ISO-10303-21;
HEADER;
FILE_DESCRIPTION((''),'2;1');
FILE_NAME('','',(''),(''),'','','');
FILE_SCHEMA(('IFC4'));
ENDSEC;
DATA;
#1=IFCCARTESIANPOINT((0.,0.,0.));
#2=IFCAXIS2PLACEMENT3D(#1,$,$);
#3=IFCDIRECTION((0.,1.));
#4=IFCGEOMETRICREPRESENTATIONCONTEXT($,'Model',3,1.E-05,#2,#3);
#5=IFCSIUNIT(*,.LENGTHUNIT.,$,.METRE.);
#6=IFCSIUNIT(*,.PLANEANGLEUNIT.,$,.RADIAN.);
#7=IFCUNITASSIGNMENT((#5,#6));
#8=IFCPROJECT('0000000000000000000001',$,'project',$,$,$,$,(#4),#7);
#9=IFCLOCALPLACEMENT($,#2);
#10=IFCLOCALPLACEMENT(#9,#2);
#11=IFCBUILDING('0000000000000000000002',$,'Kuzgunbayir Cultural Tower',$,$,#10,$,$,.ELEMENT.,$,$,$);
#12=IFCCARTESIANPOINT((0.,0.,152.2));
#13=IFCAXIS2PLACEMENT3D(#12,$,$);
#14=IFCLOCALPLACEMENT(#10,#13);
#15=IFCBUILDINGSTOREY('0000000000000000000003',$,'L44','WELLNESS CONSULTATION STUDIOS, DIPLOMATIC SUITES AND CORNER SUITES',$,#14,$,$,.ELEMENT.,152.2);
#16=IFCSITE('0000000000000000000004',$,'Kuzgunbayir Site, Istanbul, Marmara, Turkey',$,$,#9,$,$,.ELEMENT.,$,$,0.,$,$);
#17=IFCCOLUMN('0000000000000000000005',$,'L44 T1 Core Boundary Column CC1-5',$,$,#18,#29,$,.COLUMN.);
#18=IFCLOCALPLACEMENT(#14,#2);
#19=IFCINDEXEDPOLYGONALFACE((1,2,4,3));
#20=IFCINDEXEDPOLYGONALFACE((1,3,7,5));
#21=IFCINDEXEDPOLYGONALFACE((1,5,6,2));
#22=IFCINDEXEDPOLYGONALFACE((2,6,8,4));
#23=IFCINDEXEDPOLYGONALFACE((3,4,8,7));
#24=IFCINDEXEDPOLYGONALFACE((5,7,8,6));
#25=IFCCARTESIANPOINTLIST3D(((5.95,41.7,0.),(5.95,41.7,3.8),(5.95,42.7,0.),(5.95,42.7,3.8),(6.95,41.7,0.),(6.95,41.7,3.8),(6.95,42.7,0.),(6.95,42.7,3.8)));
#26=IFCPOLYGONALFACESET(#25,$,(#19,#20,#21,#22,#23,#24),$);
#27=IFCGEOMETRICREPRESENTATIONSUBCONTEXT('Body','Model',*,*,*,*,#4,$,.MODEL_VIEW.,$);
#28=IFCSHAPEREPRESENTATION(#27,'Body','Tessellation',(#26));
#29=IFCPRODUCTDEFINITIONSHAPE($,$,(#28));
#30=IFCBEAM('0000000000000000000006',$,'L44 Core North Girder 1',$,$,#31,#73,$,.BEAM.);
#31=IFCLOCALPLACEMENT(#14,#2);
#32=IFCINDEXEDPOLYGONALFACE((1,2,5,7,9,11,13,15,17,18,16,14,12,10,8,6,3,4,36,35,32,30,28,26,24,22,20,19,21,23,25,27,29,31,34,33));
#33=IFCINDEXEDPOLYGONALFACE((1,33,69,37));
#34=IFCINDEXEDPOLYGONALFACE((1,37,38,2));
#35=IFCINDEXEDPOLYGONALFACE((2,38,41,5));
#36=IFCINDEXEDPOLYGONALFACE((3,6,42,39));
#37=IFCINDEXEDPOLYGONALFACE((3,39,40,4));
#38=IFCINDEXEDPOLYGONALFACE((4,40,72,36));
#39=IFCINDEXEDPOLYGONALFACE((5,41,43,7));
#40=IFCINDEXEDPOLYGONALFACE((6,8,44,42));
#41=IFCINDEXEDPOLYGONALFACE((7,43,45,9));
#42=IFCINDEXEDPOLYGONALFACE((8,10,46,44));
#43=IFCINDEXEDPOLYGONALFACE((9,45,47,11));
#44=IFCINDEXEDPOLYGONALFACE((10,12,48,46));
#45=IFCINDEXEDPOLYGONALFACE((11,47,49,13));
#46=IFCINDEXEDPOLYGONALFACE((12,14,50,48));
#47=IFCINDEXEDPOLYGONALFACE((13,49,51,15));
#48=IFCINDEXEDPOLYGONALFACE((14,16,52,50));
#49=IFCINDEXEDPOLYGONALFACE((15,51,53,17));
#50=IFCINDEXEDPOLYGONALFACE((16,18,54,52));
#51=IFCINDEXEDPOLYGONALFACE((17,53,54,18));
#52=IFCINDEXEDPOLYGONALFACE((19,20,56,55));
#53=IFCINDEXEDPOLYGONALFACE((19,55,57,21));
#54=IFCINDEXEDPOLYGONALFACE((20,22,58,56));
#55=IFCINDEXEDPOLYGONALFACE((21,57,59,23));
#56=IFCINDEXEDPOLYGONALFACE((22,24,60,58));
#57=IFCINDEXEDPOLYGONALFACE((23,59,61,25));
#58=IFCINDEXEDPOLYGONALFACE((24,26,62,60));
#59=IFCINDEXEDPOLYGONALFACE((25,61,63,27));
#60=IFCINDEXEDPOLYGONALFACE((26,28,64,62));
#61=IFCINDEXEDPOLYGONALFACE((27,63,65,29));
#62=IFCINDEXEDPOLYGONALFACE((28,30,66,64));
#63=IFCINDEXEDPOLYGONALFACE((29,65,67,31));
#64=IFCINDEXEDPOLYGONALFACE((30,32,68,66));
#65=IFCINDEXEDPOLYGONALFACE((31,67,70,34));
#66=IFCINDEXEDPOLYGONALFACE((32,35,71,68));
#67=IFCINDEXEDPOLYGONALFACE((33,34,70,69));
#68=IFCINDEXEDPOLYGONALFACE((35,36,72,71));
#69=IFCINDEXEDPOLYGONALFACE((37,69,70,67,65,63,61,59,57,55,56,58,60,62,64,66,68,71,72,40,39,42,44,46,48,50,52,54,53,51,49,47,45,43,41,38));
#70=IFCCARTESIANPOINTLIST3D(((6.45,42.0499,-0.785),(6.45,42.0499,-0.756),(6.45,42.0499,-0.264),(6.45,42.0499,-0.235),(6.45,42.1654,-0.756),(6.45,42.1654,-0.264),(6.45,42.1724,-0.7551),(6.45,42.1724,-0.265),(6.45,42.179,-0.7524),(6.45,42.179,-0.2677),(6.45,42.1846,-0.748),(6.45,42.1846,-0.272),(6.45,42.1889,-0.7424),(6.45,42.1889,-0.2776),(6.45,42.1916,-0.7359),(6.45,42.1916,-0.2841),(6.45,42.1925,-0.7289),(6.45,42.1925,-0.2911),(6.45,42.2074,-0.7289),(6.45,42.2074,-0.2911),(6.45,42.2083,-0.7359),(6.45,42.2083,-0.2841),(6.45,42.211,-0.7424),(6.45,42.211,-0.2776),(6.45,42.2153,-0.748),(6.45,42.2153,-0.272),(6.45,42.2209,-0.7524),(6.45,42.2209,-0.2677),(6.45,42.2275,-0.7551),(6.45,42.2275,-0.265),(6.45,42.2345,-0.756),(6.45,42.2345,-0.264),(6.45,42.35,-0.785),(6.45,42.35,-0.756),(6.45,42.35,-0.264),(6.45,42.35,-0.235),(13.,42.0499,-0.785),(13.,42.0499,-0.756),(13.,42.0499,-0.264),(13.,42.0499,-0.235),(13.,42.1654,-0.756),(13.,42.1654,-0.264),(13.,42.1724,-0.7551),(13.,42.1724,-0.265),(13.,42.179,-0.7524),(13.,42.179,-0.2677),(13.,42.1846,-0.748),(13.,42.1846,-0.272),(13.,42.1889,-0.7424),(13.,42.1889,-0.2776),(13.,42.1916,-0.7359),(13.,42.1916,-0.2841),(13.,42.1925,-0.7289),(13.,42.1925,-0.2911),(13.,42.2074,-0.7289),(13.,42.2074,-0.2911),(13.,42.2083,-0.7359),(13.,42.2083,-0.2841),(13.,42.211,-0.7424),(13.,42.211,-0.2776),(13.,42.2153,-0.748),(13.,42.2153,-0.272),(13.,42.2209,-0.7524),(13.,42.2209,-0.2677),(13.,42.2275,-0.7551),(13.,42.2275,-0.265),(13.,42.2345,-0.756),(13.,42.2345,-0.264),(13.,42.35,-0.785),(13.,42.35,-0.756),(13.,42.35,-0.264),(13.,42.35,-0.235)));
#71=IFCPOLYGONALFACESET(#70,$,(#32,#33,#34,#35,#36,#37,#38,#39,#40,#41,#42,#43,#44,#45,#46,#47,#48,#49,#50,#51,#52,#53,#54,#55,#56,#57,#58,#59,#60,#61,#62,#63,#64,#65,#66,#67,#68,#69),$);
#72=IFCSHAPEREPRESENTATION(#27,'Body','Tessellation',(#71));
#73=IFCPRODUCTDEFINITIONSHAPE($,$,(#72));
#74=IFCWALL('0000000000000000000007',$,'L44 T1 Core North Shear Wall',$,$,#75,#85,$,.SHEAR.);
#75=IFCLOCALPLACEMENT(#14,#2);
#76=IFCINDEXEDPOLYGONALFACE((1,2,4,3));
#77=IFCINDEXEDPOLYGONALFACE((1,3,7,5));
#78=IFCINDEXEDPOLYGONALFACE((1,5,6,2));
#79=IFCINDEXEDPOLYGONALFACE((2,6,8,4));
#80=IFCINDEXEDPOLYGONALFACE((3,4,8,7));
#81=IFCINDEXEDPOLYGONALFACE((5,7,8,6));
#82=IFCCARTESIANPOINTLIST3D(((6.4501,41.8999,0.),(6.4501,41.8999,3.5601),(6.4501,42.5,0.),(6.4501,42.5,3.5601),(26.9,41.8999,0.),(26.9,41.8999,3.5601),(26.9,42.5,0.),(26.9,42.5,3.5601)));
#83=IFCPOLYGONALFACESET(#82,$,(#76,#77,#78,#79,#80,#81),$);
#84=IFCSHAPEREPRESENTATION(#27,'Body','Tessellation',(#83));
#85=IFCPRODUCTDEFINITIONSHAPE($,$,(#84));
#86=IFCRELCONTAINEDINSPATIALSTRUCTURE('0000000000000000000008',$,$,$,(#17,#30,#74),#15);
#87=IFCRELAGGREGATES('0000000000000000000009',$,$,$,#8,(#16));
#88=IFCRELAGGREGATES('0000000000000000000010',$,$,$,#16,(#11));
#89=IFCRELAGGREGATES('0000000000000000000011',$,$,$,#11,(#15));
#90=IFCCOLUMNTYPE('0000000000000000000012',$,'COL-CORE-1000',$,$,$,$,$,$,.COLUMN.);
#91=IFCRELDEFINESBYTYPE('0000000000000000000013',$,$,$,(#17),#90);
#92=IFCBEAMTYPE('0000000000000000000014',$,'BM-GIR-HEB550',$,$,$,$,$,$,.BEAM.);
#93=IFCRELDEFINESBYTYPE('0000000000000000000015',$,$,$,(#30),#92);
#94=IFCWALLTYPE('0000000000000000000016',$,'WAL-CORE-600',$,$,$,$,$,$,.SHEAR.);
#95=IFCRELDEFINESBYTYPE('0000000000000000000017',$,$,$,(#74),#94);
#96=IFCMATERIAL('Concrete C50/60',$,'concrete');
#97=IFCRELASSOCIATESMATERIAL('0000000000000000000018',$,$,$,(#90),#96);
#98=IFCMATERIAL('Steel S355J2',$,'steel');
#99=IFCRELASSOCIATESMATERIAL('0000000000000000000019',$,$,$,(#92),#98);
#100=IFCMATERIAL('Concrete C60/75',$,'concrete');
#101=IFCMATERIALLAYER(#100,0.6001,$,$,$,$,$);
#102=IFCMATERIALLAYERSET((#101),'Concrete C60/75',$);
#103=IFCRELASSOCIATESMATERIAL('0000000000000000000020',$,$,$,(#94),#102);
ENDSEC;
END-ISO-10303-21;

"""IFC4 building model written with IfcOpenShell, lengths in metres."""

from ifc_helpers import new_model, si_unit, direction, frame, frame_2d, origin, origin_2d, place, context, subcontext, project, spatial, rectangle, i_section, extrude, material, layer, layer_set, material_profile, profile_set, type_object, element, save


model = new_model("IFC4")

# Units and contexts
model_context = context("Model", 3, precision=1e-05, world=origin(), true_north=direction((0.0, 1.0)))
body_context = subcontext(model_context, "Body", "Model", "MODEL_VIEW")
ifc_project = project(units=[si_unit("LENGTHUNIT", "METRE"), si_unit("PLANEANGLEUNIT", "RADIAN")], contexts=[model_context])

# Site, building, storey
site_placement = place(None, origin())
site = spatial("IfcSite", under=ifc_project, at=site_placement, Name="Kuzgunbayir Site, Istanbul, Marmara, Turkey", CompositionType="ELEMENT", RefElevation=0.0)
building_placement = place(site_placement, origin())
building = spatial("IfcBuilding", under=site, at=building_placement, Name="Kuzgunbayir Cultural Tower", CompositionType="ELEMENT")
storey_placement = place(building_placement, frame((0.0, 0.0, 152.2)))
storey = spatial("IfcBuildingStorey", under=building, at=storey_placement, Name="L44", Description="WELLNESS CONSULTATION STUDIOS, DIPLOMATIC SUITES AND CORNER SUITES", CompositionType="ELEMENT", Elevation=152.2)

# Column
ifc_material_1 = material(Name="Concrete C50/60", Category="concrete")
ifc_material_profile_1 = material_profile(ifc_material_1, rectangle(XDim=1.0, YDim=1.0, at=origin_2d()), Name="RC 1000x1000")
ifc_profile_set_1 = profile_set([ifc_material_profile_1], Name="Concrete C50/60")
column_type = type_object("IfcColumnType", Name="COL-CORE-1000", PredefinedType="COLUMN", material=ifc_profile_set_1)
column_placement = place(storey_placement, frame((6.45, 42.2, 0.0), z_axis=(0.0, 0.0, 1.0), x_axis=(1.0, 0.0, 0.0)))
element("IfcColumn", 1, at=column_placement, inside=storey, type_object=column_type, Name="L44 T1 Core Boundary Column CC1-5", PredefinedType="COLUMN", context=body_context, shape_type="SweptSolid", body=[
    extrude(rectangle(XDim=1.0, YDim=1.0, at=origin_2d()), origin(), (0.0, 0.0, 1.0), 3.8),
])

# Beam
ifc_material_2 = material(Name="Steel S355J2", Category="steel")
ifc_material_profile_2 = material_profile(ifc_material_2, i_section(OverallWidth=0.3, OverallDepth=0.55, WebThickness=0.0149, FlangeThickness=0.0291, FilletRadius=0.0271, at=origin_2d()), Name="HEB 550")
ifc_profile_set_2 = profile_set([ifc_material_profile_2], Name="Steel S355J2")
beam_type = type_object("IfcBeamType", Name="BM-GIR-HEB550", PredefinedType="BEAM", material=ifc_profile_set_2)
beam_placement = place(storey_placement, frame((6.45, 42.2, -0.51), z_axis=(1.0, 0.0, 0.0), x_axis=(0.0, 1.0, 0.0)))
element("IfcBeam", 2, at=beam_placement, inside=storey, type_object=beam_type, Name="L44 Core North Girder 1", PredefinedType="BEAM", context=body_context, shape_type="SweptSolid", body=[
    extrude(i_section(OverallWidth=0.3, OverallDepth=0.55, WebThickness=0.0149, FlangeThickness=0.0291, FilletRadius=0.0271, at=origin_2d()), origin(), (0.0, 0.0, 1.0), 6.55),
])

# Wall
ifc_material_3 = material(Name="Concrete C60/75", Category="concrete")
ifc_layer_1 = layer(ifc_material_3, 0.6001)
ifc_layer_set_1 = layer_set([ifc_layer_1], Name="Concrete C60/75")
wall_type_1 = type_object("IfcWallType", Name="WAL-CORE-600", PredefinedType="SHEAR", material=ifc_layer_set_1)
wall_1_placement = place(storey_placement, frame((6.45, 42.2, 0.0), z_axis=(0.0, 0.0, 1.0), x_axis=(1.0, 0.0, 0.0)))
element("IfcWall", 3, at=wall_1_placement, inside=storey, type_object=wall_type_1, Name="L44 T1 Core North Shear Wall", PredefinedType="SHEAR", context=body_context, shape_type="SweptSolid", body=[
    extrude(rectangle(XDim=20.45, YDim=0.6001, at=frame_2d((10.2251, 0.0))), origin(), (0.0, 0.0, 1.0), 3.5601),
])

save(model, "model.ifc")
